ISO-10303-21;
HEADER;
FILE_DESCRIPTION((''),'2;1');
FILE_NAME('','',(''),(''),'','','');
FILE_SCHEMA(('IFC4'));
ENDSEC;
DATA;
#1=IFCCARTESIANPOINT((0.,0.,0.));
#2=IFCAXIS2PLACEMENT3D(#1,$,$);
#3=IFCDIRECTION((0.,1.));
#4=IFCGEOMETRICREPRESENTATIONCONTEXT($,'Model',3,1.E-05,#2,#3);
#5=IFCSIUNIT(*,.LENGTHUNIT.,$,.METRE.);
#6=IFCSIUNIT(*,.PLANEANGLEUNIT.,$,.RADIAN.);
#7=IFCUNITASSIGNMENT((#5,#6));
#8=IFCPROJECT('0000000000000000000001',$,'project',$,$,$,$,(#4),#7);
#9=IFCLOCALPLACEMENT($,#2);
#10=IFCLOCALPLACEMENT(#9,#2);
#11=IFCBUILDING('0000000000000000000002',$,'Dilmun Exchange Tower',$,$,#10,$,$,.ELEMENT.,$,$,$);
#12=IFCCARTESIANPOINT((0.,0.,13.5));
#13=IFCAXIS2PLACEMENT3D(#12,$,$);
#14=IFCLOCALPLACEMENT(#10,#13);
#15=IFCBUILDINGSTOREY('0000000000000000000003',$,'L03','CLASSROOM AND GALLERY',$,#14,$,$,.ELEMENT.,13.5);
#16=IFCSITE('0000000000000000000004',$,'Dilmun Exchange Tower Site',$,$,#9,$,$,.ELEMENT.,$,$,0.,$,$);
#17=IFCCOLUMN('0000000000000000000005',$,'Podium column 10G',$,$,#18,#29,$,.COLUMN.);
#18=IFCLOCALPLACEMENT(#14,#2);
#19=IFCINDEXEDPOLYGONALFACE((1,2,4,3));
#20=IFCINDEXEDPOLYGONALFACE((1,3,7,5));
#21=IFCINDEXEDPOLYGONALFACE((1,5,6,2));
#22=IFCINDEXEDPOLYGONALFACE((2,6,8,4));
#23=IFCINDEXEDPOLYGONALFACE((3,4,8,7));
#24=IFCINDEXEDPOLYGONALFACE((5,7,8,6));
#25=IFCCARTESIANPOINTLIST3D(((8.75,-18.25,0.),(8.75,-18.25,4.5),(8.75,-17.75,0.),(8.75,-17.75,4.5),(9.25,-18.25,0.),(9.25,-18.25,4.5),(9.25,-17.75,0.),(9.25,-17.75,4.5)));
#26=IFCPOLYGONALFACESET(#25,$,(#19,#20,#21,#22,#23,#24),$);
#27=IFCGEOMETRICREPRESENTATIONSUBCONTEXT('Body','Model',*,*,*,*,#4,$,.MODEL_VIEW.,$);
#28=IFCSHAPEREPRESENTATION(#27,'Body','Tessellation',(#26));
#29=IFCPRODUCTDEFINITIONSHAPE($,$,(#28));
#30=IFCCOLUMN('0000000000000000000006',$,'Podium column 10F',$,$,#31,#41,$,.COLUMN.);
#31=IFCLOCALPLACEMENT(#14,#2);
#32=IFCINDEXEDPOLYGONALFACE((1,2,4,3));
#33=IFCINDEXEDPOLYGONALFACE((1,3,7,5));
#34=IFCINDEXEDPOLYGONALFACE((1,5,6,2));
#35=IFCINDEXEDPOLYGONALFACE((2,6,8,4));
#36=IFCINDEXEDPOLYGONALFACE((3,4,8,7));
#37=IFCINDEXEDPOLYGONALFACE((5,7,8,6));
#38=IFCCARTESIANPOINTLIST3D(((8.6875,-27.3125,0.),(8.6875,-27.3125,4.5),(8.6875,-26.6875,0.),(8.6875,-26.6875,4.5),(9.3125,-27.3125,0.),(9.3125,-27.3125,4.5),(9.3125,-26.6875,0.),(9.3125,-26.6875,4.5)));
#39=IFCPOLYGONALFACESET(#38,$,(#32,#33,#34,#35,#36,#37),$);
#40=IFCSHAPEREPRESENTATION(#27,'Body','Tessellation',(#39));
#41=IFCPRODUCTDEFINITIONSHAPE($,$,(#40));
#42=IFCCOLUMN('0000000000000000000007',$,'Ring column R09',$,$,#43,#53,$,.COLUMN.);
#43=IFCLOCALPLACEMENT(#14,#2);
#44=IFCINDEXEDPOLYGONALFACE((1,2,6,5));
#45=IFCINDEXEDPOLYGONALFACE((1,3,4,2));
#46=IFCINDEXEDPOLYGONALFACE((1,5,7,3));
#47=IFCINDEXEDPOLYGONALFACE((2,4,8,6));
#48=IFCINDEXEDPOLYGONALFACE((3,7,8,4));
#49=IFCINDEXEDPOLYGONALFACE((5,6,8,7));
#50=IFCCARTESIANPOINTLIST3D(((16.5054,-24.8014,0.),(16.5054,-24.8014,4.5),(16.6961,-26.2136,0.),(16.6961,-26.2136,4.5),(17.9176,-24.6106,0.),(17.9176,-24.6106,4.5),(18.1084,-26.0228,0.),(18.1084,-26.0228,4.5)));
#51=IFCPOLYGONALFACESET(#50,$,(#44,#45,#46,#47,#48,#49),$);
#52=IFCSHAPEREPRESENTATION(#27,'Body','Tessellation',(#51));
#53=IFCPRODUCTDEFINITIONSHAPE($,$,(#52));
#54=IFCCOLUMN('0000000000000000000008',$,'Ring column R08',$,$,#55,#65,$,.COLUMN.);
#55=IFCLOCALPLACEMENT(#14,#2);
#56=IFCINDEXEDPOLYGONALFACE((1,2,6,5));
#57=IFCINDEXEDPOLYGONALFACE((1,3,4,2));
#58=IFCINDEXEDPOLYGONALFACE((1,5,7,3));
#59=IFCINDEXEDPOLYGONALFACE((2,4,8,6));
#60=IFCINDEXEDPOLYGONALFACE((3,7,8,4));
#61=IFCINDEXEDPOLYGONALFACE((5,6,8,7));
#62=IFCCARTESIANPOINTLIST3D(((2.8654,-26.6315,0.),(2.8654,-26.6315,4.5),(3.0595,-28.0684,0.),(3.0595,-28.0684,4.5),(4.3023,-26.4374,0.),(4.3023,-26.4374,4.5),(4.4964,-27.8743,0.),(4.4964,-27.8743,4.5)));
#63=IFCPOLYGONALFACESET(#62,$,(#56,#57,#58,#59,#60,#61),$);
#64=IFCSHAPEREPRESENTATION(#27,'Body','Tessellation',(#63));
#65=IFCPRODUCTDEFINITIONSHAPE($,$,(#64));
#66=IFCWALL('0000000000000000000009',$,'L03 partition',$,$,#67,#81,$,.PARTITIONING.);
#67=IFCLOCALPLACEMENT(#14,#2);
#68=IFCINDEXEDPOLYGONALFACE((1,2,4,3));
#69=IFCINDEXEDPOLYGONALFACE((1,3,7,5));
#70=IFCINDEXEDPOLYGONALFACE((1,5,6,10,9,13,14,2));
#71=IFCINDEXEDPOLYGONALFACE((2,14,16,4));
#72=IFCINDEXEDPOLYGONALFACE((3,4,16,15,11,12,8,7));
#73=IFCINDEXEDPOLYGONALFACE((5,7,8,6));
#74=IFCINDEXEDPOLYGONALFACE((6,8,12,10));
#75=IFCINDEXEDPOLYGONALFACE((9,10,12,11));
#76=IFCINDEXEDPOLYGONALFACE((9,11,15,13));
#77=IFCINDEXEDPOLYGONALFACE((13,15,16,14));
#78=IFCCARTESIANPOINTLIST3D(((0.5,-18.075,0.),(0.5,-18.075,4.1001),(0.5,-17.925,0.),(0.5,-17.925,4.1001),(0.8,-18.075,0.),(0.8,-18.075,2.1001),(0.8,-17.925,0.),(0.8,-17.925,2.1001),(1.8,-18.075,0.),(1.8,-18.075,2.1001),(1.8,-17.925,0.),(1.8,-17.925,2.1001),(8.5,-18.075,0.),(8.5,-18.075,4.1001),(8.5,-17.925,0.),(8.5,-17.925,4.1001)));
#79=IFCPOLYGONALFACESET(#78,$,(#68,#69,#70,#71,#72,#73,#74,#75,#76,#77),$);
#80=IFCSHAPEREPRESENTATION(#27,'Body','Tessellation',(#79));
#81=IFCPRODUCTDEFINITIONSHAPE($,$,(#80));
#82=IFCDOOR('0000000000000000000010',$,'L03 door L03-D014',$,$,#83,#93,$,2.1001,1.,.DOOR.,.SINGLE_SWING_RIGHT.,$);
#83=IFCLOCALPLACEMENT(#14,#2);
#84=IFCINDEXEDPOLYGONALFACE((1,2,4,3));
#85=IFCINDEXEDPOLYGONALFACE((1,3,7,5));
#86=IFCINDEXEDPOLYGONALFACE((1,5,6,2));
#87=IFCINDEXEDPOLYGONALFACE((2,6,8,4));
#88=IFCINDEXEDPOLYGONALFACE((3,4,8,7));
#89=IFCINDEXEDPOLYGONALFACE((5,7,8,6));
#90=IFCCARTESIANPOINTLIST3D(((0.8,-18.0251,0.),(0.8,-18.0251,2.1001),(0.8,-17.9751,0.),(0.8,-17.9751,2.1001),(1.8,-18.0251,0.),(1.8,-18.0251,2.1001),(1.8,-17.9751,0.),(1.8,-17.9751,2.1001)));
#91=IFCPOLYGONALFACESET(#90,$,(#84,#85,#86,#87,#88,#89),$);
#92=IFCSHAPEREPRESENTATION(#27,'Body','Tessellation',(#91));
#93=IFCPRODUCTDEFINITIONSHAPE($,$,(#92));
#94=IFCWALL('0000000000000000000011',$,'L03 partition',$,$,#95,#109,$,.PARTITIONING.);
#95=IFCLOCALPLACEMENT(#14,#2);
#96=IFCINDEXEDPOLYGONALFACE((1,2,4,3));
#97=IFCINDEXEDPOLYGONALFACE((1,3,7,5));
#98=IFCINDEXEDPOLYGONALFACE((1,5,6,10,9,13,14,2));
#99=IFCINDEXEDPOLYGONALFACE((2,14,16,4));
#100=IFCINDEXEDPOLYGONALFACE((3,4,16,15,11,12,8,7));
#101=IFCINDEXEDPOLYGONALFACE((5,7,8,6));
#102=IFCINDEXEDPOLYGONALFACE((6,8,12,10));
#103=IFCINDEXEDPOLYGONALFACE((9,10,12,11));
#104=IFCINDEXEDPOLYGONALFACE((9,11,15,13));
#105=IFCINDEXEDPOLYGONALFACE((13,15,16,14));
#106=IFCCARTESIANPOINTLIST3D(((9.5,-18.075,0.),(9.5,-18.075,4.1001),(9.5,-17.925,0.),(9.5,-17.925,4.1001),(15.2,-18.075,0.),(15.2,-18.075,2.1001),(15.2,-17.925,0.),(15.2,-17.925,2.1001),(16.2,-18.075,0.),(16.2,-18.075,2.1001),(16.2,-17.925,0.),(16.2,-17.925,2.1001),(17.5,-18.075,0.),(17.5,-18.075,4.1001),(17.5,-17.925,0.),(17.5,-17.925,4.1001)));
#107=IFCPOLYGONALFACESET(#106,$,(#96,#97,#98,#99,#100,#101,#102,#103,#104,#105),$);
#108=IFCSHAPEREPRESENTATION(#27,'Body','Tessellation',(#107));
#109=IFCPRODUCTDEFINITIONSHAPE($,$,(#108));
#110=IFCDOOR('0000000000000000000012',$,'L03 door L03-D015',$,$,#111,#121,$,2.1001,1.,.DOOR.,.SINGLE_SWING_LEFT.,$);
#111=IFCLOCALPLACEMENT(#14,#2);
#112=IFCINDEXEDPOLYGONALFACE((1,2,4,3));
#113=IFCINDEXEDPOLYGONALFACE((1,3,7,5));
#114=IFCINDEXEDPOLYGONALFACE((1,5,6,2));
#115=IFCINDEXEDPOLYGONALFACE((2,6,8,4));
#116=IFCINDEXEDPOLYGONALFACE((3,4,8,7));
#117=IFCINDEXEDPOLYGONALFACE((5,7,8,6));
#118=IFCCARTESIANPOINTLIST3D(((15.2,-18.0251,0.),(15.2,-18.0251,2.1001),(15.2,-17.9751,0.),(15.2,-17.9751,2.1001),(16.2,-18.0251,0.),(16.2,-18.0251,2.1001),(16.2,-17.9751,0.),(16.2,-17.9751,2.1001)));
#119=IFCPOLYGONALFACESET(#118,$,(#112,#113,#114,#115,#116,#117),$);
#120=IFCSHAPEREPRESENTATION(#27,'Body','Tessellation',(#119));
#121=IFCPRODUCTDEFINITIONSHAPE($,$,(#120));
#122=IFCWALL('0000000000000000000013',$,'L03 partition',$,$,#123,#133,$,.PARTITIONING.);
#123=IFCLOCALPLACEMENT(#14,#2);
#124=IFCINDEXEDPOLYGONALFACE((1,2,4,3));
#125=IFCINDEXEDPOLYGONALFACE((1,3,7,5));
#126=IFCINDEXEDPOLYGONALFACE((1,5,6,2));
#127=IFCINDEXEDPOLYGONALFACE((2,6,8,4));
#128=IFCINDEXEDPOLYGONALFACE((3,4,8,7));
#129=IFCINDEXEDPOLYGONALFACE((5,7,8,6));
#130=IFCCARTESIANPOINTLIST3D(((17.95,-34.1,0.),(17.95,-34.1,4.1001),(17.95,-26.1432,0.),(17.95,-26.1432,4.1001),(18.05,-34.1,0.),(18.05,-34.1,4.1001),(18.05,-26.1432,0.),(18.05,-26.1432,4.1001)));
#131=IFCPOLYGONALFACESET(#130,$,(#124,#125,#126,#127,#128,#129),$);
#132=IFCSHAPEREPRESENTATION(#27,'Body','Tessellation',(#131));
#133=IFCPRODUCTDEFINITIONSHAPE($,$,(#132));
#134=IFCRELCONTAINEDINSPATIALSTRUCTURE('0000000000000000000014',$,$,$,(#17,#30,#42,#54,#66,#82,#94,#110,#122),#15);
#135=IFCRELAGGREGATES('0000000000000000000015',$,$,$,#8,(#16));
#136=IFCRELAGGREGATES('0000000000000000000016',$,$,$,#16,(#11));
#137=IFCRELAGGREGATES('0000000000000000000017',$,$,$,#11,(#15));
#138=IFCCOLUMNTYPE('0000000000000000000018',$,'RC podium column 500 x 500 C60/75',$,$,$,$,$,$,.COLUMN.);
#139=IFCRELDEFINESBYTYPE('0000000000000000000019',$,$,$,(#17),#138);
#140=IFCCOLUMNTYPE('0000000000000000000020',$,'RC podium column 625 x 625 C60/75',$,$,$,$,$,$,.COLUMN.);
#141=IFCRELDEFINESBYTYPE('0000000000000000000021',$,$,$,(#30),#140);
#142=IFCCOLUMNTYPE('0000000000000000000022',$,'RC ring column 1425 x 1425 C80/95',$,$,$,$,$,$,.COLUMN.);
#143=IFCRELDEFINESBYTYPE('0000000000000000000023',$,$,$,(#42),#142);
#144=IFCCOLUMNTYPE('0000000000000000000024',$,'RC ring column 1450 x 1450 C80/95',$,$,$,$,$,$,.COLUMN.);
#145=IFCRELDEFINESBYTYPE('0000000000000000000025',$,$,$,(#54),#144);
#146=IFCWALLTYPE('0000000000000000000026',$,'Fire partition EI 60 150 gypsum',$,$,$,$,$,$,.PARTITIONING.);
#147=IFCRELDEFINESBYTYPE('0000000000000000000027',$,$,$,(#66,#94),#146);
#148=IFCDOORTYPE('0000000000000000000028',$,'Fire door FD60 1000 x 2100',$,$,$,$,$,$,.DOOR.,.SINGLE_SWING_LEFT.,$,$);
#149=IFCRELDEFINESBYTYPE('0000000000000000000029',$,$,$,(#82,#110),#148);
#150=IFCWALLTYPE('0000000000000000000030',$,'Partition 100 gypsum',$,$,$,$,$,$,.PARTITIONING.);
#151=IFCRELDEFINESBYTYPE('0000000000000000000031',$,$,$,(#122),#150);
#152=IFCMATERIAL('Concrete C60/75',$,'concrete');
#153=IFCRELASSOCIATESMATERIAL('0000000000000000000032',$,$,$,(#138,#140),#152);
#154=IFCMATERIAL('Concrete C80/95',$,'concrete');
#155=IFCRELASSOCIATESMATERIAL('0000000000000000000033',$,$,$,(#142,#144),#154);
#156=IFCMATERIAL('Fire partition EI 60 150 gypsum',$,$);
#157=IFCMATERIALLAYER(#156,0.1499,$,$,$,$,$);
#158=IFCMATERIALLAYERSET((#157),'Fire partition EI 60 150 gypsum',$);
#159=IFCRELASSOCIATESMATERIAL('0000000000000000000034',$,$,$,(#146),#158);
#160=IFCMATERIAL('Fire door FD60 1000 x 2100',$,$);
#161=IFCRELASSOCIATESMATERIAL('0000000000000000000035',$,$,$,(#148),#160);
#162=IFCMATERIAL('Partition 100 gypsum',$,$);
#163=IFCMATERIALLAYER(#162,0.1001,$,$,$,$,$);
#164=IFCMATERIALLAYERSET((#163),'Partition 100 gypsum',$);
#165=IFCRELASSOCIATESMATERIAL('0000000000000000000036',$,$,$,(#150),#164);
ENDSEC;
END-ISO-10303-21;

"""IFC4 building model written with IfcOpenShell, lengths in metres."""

from ifc_helpers import new_model, si_unit, direction, frame, frame_2d, origin, origin_2d, place, context, subcontext, project, spatial, rectangle, extrude, material, layer, layer_set, material_profile, profile_set, type_object, element, fill, save


model = new_model("IFC4")

# Units and contexts
model_context = context("Model", 3, precision=1e-05, world=origin(), true_north=direction((0.0, 1.0)))
body_context = subcontext(model_context, "Body", "Model", "MODEL_VIEW")
ifc_project = project(units=[si_unit("LENGTHUNIT", "METRE"), si_unit("PLANEANGLEUNIT", "RADIAN")], contexts=[model_context])

# Site, building, storey
site_placement = place(None, origin())
site = spatial("IfcSite", under=ifc_project, at=site_placement, Name="Dilmun Exchange Tower Site", CompositionType="ELEMENT", RefElevation=0.0)
building_placement = place(site_placement, origin())
building = spatial("IfcBuilding", under=site, at=building_placement, Name="Dilmun Exchange Tower", CompositionType="ELEMENT")
storey_placement = place(building_placement, frame((0.0, 0.0, 13.5)))
storey = spatial("IfcBuildingStorey", under=building, at=storey_placement, Name="L03", Description="CLASSROOM AND GALLERY", CompositionType="ELEMENT", Elevation=13.5)

# Columns
ifc_material_1 = material(Name="Concrete C60/75", Category="concrete")
ifc_material_profile_1 = material_profile(ifc_material_1, rectangle(XDim=0.5, YDim=0.5, at=origin_2d()), Name="500 x 500")
ifc_profile_set_1 = profile_set([ifc_material_profile_1], Name="Concrete C60/75")
column_type_1 = type_object("IfcColumnType", Name="RC podium column 500 x 500 C60/75", PredefinedType="COLUMN", material=ifc_profile_set_1)
column_1_placement = place(storey_placement, frame((9.0, -18.0, 0.0), z_axis=(0.0, 0.0, 1.0), x_axis=(1.0, 0.0, 0.0)))
element("IfcColumn", 1, at=column_1_placement, inside=storey, type_object=column_type_1, Name="Podium column 10G", PredefinedType="COLUMN", context=body_context, shape_type="SweptSolid", body=[
    extrude(rectangle(XDim=0.5, YDim=0.5, at=origin_2d()), origin(), (0.0, 0.0, 1.0), 4.5),
])
ifc_material_profile_2 = material_profile(ifc_material_1, rectangle(XDim=0.625, YDim=0.625, at=origin_2d()), Name="625 x 625")
ifc_profile_set_2 = profile_set([ifc_material_profile_2], Name="Concrete C60/75")
column_type_2 = type_object("IfcColumnType", Name="RC podium column 625 x 625 C60/75", PredefinedType="COLUMN", material=ifc_profile_set_2)
column_2_placement = place(storey_placement, frame((9.0, -27.0, 0.0), z_axis=(0.0, 0.0, 1.0), x_axis=(1.0, 0.0, 0.0)))
element("IfcColumn", 2, at=column_2_placement, inside=storey, type_object=column_type_2, Name="Podium column 10F", PredefinedType="COLUMN", context=body_context, shape_type="SweptSolid", body=[
    extrude(rectangle(XDim=0.625, YDim=0.625, at=origin_2d()), origin(), (0.0, 0.0, 1.0), 4.5),
])
ifc_material_2 = material(Name="Concrete C80/95", Category="concrete")
ifc_material_profile_3 = material_profile(ifc_material_2, rectangle(XDim=1.425, YDim=1.425, at=origin_2d()), Name="1425 x 1425")
ifc_profile_set_3 = profile_set([ifc_material_profile_3], Name="Concrete C80/95")
column_type_3 = type_object("IfcColumnType", Name="RC ring column 1425 x 1425 C80/95", PredefinedType="COLUMN", material=ifc_profile_set_3)
column_3_placement = place(storey_placement, frame((17.3069, -25.4121, 0.0), z_axis=(0.0, 0.0, 1.0), x_axis=(0.991001, 0.133853, 0.0)))
element("IfcColumn", 3, at=column_3_placement, inside=storey, type_object=column_type_3, Name="Ring column R09", PredefinedType="COLUMN", context=body_context, shape_type="SweptSolid", body=[
    extrude(rectangle(XDim=1.425, YDim=1.425, at=origin_2d()), origin(), (0.0, 0.0, 1.0), 4.5),
])
ifc_material_profile_4 = material_profile(ifc_material_2, rectangle(XDim=1.45, YDim=1.45, at=origin_2d()), Name="1450 x 1450")
ifc_profile_set_4 = profile_set([ifc_material_profile_4], Name="Concrete C80/95")
column_type_4 = type_object("IfcColumnType", Name="RC ring column 1450 x 1450 C80/95", PredefinedType="COLUMN", material=ifc_profile_set_4)
column_4_placement = place(storey_placement, frame((3.6809, -27.2529, 0.0), z_axis=(0.0, 0.0, 1.0), x_axis=(0.991001, 0.133853, 0.0)))
element("IfcColumn", 4, at=column_4_placement, inside=storey, type_object=column_type_4, Name="Ring column R08", PredefinedType="COLUMN", context=body_context, shape_type="SweptSolid", body=[
    extrude(rectangle(XDim=1.45, YDim=1.45, at=origin_2d()), origin(), (0.0, 0.0, 1.0), 4.5),
])

# Walls, openings, doors
ifc_material_3 = material(Name="Fire partition EI 60 150 gypsum")
ifc_layer_1 = layer(ifc_material_3, 0.1499)
ifc_layer_set_1 = layer_set([ifc_layer_1], Name="Fire partition EI 60 150 gypsum")
wall_type_1 = type_object("IfcWallType", Name="Fire partition EI 60 150 gypsum", PredefinedType="PARTITIONING", material=ifc_layer_set_1)
wall_1_placement = place(storey_placement, frame((0.5, -18.0, 0.0), z_axis=(0.0, 0.0, 1.0), x_axis=(1.0, 0.0, 0.0)))
wall_1 = element("IfcWall", 5, at=wall_1_placement, inside=storey, type_object=wall_type_1, Name="L03 partition", PredefinedType="PARTITIONING", context=body_context, shape_type="SweptSolid", body=[
    extrude(rectangle(XDim=8.0, YDim=0.1499, at=frame_2d((4.0, 0.0))), origin(), (0.0, 0.0, 1.0), 4.1001),
])
opening_1_placement = place(wall_1_placement, frame((0.3, 0.0, 0.0)))
opening_1 = element("IfcOpeningElement", 6, at=opening_1_placement, cuts=wall_1, PredefinedType="OPENING", context=body_context, shape_type="SweptSolid", body=[
    extrude(rectangle(XDim=1.0, YDim=2.1001, at=frame_2d((0.5, 1.05))), frame((0.0, 0.085, 0.0), z_axis=(0.0, -1.0, 0.0), x_axis=(1.0, 0.0, 0.0)), (0.0, 0.0, 1.0), 0.1699),
])
ifc_material_4 = material(Name="Fire door FD60 1000 x 2100")
door_type = type_object("IfcDoorType", Name="Fire door FD60 1000 x 2100", OperationType="SINGLE_SWING_LEFT", PredefinedType="DOOR", material=ifc_material_4)
door_1_placement = place(opening_1_placement, origin())
door_1 = element("IfcDoor", 7, at=door_1_placement, inside=storey, type_object=door_type, Name="L03 door L03-D014", OperationType="SINGLE_SWING_RIGHT", OverallHeight=2.1001, OverallWidth=1.0, PredefinedType="DOOR", context=body_context, shape_type="SweptSolid", body=[
    extrude(rectangle(XDim=1.0, YDim=2.1001, at=frame_2d((0.5, 1.05))), frame((0.0, 0.0249, 0.0), z_axis=(0.0, -1.0, 0.0), x_axis=(1.0, 0.0, 0.0)), (0.0, 0.0, 1.0), 0.05),
])
fill(opening_1, door_1)
wall_2_placement = place(storey_placement, frame((9.5, -18.0, 0.0), z_axis=(0.0, 0.0, 1.0), x_axis=(1.0, 0.0, 0.0)))
wall_2 = element("IfcWall", 8, at=wall_2_placement, inside=storey, type_object=wall_type_1, Name="L03 partition", PredefinedType="PARTITIONING", context=body_context, shape_type="SweptSolid", body=[
    extrude(rectangle(XDim=8.0, YDim=0.1499, at=frame_2d((4.0, 0.0))), origin(), (0.0, 0.0, 1.0), 4.1001),
])
opening_2_placement = place(wall_2_placement, frame((5.7, 0.0, 0.0)))
opening_2 = element("IfcOpeningElement", 9, at=opening_2_placement, cuts=wall_2, PredefinedType="OPENING", context=body_context, shape_type="SweptSolid", body=[
    extrude(rectangle(XDim=1.0, YDim=2.1001, at=frame_2d((0.5, 1.05))), frame((0.0, 0.085, 0.0), z_axis=(0.0, -1.0, 0.0), x_axis=(1.0, 0.0, 0.0)), (0.0, 0.0, 1.0), 0.1699),
])
door_2_placement = place(opening_2_placement, origin())
door_2 = element("IfcDoor", 10, at=door_2_placement, inside=storey, type_object=door_type, Name="L03 door L03-D015", OperationType="SINGLE_SWING_LEFT", OverallHeight=2.1001, OverallWidth=1.0, PredefinedType="DOOR", context=body_context, shape_type="SweptSolid", body=[
    extrude(rectangle(XDim=1.0, YDim=2.1001, at=frame_2d((0.5, 1.05))), frame((0.0, 0.0249, 0.0), z_axis=(0.0, -1.0, 0.0), x_axis=(1.0, 0.0, 0.0)), (0.0, 0.0, 1.0), 0.05),
])
fill(opening_2, door_2)

# Wall
ifc_material_5 = material(Name="Partition 100 gypsum")
ifc_layer_2 = layer(ifc_material_5, 0.1001)
ifc_layer_set_2 = layer_set([ifc_layer_2], Name="Partition 100 gypsum")
wall_type_2 = type_object("IfcWallType", Name="Partition 100 gypsum", PredefinedType="PARTITIONING", material=ifc_layer_set_2)
wall_3_placement = place(storey_placement, frame((18.0, -34.1001, 0.0), z_axis=(0.0, 0.0, 1.0), x_axis=(0.0, 1.0, 0.0)))
element("IfcWall", 11, at=wall_3_placement, inside=storey, type_object=wall_type_2, Name="L03 partition", PredefinedType="PARTITIONING", context=body_context, shape_type="SweptSolid", body=[
    extrude(rectangle(XDim=7.9568, YDim=0.1001, at=frame_2d((3.9785, 0.0))), origin(), (0.0, 0.0, 1.0), 4.1001),
])

save(model, "model.ifc")
